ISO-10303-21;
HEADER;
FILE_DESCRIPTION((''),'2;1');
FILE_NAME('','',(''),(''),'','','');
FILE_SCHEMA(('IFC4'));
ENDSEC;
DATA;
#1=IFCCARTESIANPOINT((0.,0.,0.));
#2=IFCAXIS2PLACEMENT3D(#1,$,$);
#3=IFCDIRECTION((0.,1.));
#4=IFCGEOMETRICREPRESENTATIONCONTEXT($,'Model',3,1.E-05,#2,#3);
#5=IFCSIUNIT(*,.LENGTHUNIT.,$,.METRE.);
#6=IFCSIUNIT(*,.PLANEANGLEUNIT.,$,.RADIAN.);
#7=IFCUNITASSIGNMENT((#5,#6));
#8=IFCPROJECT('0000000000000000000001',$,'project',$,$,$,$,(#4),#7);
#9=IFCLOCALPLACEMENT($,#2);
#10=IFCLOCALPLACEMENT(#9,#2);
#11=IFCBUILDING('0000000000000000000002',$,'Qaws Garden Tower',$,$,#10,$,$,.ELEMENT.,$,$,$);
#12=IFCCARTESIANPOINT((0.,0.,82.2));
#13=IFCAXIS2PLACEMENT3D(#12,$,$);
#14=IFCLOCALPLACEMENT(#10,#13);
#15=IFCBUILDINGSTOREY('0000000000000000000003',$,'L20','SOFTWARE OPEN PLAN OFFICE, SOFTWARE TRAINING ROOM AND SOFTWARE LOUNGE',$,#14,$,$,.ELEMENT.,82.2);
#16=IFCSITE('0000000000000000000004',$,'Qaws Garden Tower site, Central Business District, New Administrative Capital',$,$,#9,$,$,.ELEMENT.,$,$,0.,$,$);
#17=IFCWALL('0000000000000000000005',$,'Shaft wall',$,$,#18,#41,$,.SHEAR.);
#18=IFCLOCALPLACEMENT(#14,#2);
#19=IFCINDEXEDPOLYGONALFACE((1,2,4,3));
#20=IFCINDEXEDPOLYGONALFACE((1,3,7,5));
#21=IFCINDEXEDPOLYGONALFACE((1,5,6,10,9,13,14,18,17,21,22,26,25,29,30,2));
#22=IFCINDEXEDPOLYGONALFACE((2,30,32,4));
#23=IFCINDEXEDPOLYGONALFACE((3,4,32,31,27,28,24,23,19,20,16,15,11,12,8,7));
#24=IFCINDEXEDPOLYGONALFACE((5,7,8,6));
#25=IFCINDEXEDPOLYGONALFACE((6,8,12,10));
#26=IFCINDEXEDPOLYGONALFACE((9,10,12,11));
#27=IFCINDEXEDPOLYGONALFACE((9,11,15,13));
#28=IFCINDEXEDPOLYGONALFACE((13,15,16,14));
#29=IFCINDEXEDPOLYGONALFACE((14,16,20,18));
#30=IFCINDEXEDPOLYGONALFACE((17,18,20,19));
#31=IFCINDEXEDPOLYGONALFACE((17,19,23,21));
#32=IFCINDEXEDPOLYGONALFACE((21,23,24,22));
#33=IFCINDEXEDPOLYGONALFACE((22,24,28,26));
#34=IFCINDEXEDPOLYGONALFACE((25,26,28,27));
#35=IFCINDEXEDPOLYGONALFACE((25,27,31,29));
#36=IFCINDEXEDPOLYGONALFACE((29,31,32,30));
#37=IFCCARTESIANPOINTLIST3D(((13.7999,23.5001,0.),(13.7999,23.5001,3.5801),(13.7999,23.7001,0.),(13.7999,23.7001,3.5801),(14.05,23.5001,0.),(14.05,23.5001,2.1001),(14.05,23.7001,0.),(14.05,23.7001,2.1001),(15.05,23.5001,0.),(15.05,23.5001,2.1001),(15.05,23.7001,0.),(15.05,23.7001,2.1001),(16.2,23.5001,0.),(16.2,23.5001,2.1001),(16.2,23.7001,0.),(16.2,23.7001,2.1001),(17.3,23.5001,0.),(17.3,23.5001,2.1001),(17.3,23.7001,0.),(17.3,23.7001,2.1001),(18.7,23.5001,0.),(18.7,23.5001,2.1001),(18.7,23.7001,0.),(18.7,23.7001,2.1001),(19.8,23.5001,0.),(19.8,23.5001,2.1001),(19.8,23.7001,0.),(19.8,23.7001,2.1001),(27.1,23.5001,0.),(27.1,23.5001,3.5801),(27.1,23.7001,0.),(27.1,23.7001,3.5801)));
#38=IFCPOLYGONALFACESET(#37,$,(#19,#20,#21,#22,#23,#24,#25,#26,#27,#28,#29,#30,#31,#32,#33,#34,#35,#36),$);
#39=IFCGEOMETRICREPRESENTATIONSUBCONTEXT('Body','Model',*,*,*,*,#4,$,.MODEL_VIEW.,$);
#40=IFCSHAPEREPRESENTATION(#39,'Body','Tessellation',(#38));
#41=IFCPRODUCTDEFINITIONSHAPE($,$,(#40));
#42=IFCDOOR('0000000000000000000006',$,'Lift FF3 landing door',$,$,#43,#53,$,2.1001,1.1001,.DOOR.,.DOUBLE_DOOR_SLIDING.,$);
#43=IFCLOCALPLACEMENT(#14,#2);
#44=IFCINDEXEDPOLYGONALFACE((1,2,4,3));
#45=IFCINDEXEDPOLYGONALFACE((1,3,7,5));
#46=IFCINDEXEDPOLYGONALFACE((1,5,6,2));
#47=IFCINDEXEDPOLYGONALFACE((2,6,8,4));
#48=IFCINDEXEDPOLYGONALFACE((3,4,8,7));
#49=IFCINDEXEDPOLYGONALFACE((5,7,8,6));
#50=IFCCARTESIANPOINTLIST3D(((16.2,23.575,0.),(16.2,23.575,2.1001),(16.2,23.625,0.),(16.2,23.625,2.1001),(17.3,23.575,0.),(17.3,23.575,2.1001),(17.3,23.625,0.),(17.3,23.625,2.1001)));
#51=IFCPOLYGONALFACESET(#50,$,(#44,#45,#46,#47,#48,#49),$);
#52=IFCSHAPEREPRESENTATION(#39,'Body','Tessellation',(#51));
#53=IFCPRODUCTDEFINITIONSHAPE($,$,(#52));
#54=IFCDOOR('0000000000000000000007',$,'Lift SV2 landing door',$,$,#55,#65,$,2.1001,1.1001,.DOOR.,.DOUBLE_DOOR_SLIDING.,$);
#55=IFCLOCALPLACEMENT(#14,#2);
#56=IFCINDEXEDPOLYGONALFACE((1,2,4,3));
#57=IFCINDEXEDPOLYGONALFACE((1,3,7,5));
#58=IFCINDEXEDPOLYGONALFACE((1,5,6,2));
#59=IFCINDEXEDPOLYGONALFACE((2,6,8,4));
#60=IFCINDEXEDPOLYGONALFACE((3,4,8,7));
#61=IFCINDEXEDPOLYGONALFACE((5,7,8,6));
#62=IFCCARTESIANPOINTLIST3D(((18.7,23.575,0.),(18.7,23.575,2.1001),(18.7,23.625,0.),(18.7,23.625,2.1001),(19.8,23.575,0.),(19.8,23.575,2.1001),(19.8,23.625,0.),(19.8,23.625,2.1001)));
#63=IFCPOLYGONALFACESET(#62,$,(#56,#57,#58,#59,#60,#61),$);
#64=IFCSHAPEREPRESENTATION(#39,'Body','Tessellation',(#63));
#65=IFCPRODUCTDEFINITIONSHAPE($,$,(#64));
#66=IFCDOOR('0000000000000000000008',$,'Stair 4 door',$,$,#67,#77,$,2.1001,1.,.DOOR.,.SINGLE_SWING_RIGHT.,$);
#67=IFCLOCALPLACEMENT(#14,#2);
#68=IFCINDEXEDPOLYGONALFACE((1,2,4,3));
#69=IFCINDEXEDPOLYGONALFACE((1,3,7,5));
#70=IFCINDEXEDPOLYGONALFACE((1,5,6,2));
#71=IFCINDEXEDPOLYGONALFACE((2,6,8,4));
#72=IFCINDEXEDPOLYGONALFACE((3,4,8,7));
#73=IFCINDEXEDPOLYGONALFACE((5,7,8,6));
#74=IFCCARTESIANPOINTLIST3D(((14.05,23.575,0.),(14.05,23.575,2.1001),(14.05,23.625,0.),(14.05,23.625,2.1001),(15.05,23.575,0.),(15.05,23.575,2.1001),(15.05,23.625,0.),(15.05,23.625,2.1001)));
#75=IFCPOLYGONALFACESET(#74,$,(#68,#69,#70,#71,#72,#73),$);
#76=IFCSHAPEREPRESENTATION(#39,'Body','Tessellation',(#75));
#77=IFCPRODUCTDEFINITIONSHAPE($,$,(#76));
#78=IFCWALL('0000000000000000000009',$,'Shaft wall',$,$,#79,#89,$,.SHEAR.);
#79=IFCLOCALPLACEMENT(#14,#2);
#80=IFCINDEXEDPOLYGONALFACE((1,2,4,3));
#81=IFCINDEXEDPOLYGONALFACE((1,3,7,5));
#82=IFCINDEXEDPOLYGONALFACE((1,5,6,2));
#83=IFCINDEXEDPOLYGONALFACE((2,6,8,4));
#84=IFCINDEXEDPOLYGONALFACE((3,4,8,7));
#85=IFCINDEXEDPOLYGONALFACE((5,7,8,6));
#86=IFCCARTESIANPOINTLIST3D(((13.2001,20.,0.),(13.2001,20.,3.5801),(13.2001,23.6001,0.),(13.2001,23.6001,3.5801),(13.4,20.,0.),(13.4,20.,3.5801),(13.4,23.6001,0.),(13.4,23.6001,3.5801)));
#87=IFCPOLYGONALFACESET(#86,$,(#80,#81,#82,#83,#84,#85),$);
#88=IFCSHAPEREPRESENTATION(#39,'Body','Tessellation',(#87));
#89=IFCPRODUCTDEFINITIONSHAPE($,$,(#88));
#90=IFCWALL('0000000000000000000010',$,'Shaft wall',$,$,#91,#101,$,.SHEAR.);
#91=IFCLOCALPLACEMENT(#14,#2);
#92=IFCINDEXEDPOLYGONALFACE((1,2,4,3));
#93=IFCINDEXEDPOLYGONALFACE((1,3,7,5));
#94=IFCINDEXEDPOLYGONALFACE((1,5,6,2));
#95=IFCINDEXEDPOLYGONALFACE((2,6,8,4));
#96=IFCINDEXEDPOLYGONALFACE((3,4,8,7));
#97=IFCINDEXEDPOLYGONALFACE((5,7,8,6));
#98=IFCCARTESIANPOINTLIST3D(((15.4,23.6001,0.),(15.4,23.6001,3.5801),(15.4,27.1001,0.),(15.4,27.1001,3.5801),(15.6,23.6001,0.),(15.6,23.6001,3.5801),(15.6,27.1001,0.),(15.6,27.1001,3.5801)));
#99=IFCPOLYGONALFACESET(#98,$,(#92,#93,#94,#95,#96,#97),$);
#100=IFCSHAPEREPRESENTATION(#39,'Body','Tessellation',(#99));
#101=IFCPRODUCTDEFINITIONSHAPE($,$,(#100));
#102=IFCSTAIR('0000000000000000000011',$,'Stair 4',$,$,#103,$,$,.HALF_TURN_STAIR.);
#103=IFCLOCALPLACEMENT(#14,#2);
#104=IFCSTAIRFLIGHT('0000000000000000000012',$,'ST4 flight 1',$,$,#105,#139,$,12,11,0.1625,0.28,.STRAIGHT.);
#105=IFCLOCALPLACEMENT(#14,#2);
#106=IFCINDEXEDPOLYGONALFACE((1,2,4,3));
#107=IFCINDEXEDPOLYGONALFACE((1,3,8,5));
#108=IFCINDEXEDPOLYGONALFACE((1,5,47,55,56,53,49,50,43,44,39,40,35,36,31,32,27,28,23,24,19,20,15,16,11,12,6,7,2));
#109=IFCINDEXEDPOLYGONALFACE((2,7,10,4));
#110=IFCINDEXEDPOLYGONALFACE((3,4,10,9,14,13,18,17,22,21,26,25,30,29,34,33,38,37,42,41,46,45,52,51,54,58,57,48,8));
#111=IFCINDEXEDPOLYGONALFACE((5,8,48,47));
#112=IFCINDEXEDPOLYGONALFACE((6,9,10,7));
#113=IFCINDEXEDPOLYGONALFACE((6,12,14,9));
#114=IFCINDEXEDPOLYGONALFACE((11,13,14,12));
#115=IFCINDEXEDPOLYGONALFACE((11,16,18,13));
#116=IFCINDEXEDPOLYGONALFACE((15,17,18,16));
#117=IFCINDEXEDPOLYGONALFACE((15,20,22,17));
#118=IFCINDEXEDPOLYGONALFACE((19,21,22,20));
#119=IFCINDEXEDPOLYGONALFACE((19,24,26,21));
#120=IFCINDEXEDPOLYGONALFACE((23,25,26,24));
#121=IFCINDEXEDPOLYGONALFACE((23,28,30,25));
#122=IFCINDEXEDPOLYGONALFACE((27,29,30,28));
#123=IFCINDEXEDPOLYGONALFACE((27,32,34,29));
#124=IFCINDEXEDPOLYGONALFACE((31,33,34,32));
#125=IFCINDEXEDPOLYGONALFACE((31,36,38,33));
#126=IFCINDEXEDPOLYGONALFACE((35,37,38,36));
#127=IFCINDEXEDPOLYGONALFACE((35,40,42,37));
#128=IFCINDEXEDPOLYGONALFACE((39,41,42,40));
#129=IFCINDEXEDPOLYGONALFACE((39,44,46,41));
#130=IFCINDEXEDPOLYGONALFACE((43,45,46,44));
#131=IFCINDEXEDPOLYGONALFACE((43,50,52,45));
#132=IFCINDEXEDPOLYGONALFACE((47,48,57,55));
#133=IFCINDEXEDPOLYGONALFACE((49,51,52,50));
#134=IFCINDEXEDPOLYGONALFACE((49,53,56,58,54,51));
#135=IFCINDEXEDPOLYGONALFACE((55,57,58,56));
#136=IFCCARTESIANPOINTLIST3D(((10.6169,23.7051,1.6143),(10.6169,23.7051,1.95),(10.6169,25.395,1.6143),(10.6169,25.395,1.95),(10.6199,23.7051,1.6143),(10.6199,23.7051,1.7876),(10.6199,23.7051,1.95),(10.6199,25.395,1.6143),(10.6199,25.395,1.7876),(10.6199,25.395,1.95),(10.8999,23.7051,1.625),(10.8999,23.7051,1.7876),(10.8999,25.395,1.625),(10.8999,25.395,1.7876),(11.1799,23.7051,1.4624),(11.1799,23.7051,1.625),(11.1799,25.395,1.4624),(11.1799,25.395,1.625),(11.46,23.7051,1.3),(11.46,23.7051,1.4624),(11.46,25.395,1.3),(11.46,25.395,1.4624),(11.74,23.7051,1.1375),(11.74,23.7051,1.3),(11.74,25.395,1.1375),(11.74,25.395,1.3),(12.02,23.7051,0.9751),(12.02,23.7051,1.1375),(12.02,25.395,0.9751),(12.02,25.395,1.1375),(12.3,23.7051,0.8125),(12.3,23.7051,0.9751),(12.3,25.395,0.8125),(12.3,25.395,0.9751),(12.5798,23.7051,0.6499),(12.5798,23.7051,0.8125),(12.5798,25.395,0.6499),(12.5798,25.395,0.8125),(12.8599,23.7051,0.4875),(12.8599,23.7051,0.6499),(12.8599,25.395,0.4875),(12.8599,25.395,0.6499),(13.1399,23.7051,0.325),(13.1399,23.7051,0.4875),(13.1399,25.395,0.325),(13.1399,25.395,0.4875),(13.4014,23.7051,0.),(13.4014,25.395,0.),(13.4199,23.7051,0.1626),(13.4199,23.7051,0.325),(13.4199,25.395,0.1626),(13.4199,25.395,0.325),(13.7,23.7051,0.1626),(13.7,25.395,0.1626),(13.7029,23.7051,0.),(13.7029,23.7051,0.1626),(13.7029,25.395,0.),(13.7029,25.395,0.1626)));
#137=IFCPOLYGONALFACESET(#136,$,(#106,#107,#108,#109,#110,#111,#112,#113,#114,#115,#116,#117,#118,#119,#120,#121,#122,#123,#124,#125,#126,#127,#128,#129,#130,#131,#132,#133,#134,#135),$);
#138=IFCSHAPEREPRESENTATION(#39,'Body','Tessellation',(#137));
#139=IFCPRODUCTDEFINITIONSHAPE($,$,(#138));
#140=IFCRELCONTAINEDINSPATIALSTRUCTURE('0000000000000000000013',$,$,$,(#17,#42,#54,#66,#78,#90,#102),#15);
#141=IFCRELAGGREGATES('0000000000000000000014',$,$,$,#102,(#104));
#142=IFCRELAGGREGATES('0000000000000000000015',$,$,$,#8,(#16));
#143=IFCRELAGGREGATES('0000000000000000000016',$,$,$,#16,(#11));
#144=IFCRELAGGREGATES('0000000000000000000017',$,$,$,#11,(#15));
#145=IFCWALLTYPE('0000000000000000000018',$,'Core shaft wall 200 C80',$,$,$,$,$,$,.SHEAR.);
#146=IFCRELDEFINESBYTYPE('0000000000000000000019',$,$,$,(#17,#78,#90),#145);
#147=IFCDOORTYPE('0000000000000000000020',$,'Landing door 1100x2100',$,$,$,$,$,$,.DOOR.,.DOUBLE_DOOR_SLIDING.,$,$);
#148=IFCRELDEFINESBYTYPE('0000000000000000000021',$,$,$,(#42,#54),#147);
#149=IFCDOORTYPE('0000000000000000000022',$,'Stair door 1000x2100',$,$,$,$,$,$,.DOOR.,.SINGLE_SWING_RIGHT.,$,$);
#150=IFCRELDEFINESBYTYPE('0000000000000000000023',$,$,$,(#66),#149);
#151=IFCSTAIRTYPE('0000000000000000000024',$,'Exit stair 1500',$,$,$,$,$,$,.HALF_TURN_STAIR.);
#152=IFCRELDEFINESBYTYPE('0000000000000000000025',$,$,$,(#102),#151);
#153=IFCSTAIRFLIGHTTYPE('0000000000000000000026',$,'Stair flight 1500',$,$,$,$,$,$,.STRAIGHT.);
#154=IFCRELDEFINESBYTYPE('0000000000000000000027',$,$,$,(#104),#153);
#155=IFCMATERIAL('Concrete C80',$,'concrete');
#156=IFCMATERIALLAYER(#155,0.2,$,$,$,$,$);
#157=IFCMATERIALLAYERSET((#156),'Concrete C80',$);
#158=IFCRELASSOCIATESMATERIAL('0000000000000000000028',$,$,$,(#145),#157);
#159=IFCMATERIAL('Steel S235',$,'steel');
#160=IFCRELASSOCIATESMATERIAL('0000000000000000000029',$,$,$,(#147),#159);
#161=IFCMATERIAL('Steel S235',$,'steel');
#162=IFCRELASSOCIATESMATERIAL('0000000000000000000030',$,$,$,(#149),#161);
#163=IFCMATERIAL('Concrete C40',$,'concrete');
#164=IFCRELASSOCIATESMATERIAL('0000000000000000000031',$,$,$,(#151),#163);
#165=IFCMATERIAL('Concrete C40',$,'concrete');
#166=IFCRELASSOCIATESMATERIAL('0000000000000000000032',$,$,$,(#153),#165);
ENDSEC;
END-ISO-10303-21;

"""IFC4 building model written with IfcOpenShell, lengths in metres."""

from ifc_helpers import new_model, si_unit, direction, frame, frame_2d, origin, place, context, subcontext, project, spatial, polyline, rectangle, outline, extrude, material, layer, layer_set, type_object, element, fill, aggregate, save


model = new_model("IFC4")

# Units and contexts
model_context = context("Model", 3, precision=1e-05, world=origin(), true_north=direction((0.0, 1.0)))
body_context = subcontext(model_context, "Body", "Model", "MODEL_VIEW")
ifc_project = project(units=[si_unit("LENGTHUNIT", "METRE"), si_unit("PLANEANGLEUNIT", "RADIAN")], contexts=[model_context])

# Site, building, storey
site_placement = place(None, origin())
site = spatial("IfcSite", under=ifc_project, at=site_placement, Name="Qaws Garden Tower site, Central Business District, New Administrative Capital", CompositionType="ELEMENT", RefElevation=0.0)
building_placement = place(site_placement, origin())
building = spatial("IfcBuilding", under=site, at=building_placement, Name="Qaws Garden Tower", CompositionType="ELEMENT")
storey_placement = place(building_placement, frame((0.0, 0.0, 82.2)))
storey = spatial("IfcBuildingStorey", under=building, at=storey_placement, Name="L20", Description="SOFTWARE OPEN PLAN OFFICE, SOFTWARE TRAINING ROOM AND SOFTWARE LOUNGE", CompositionType="ELEMENT", Elevation=82.2)

# Shared definitions
ifc_material_1 = material(Name="Concrete C80", Category="concrete")
ifc_layer_1 = layer(ifc_material_1, 0.2)
ifc_layer_set_1 = layer_set([ifc_layer_1], Name="Concrete C80")
wall_type_1 = type_object("IfcWallType", Name="Core shaft wall 200 C80", PredefinedType="SHEAR", material=ifc_layer_set_1)

# Wall, openings, doors
wall_1_placement = place(storey_placement, frame((13.8, 23.6001, 0.0), z_axis=(0.0, 0.0, 1.0), x_axis=(1.0, 0.0, 0.0)))
wall_1 = element("IfcWall", 1, at=wall_1_placement, inside=storey, type_object=wall_type_1, Name="Shaft wall", PredefinedType="SHEAR", context=body_context, shape_type="SweptSolid", body=[
    extrude(rectangle(XDim=13.3, YDim=0.2, at=frame_2d((6.6499, 0.0))), origin(), (0.0, 0.0, 1.0), 3.5801),
])
opening_1_placement = place(wall_1_placement, frame((2.3999, 0.0, 0.0)))
opening_1 = element("IfcOpeningElement", 2, at=opening_1_placement, cuts=wall_1, PredefinedType="OPENING", context=body_context, shape_type="SweptSolid", body=[
    extrude(rectangle(XDim=1.1001, YDim=2.1001, at=frame_2d((0.55, 1.05))), frame((0.0, 0.1099, 0.0), z_axis=(0.0, -1.0, 0.0), x_axis=(1.0, 0.0, 0.0)), (0.0, 0.0, 1.0), 0.22),
])
opening_2_placement = place(wall_1_placement, frame((4.8999, 0.0, 0.0)))
opening_2 = element("IfcOpeningElement", 3, at=opening_2_placement, cuts=wall_1, PredefinedType="OPENING", context=body_context, shape_type="SweptSolid", body=[
    extrude(rectangle(XDim=1.1001, YDim=2.1001, at=frame_2d((0.55, 1.05))), frame((0.0, 0.1099, 0.0), z_axis=(0.0, -1.0, 0.0), x_axis=(1.0, 0.0, 0.0)), (0.0, 0.0, 1.0), 0.22),
])
opening_3_placement = place(wall_1_placement, frame((0.25, 0.0, 0.0)))
opening_3 = element("IfcOpeningElement", 4, at=opening_3_placement, cuts=wall_1, PredefinedType="OPENING", context=body_context, shape_type="SweptSolid", body=[
    extrude(rectangle(XDim=1.0, YDim=2.1001, at=frame_2d((0.5, 1.05))), frame((0.0, 0.1099, 0.0), z_axis=(0.0, -1.0, 0.0), x_axis=(1.0, 0.0, 0.0)), (0.0, 0.0, 1.0), 0.22),
])
ifc_material_2 = material(Name="Steel S235", Category="steel")
door_type_1 = type_object("IfcDoorType", Name="Landing door 1100x2100", OperationType="DOUBLE_DOOR_SLIDING", PredefinedType="DOOR", material=ifc_material_2)
door_1_placement = place(opening_1_placement, origin())
door_1 = element("IfcDoor", 5, at=door_1_placement, inside=storey, type_object=door_type_1, Name="Lift FF3 landing door", OperationType="DOUBLE_DOOR_SLIDING", OverallHeight=2.1001, OverallWidth=1.1001, PredefinedType="DOOR", context=body_context, shape_type="SweptSolid", body=[
    extrude(rectangle(XDim=1.1001, YDim=2.1001, at=frame_2d((0.55, 1.05))), frame((0.0, 0.0249, 0.0), z_axis=(0.0, -1.0, 0.0), x_axis=(1.0, 0.0, 0.0)), (0.0, 0.0, 1.0), 0.05),
])
fill(opening_1, door_1)
door_2_placement = place(opening_2_placement, origin())
door_2 = element("IfcDoor", 6, at=door_2_placement, inside=storey, type_object=door_type_1, Name="Lift SV2 landing door", OperationType="DOUBLE_DOOR_SLIDING", OverallHeight=2.1001, OverallWidth=1.1001, PredefinedType="DOOR", context=body_context, shape_type="SweptSolid", body=[
    extrude(rectangle(XDim=1.1001, YDim=2.1001, at=frame_2d((0.55, 1.05))), frame((0.0, 0.0249, 0.0), z_axis=(0.0, -1.0, 0.0), x_axis=(1.0, 0.0, 0.0)), (0.0, 0.0, 1.0), 0.05),
])
fill(opening_2, door_2)
ifc_material_3 = material(Name="Steel S235", Category="steel")
door_type_2 = type_object("IfcDoorType", Name="Stair door 1000x2100", OperationType="SINGLE_SWING_RIGHT", PredefinedType="DOOR", material=ifc_material_3)
door_3_placement = place(opening_3_placement, origin())
door_3 = element("IfcDoor", 7, at=door_3_placement, inside=storey, type_object=door_type_2, Name="Stair 4 door", OperationType="SINGLE_SWING_RIGHT", OverallHeight=2.1001, OverallWidth=1.0, PredefinedType="DOOR", context=body_context, shape_type="SweptSolid", body=[
    extrude(rectangle(XDim=1.0, YDim=2.1001, at=frame_2d((0.5, 1.05))), frame((0.0, 0.0249, 0.0), z_axis=(0.0, -1.0, 0.0), x_axis=(1.0, 0.0, 0.0)), (0.0, 0.0, 1.0), 0.05),
])
fill(opening_3, door_3)

# Walls
wall_2_placement = place(storey_placement, frame((13.3, 20.0, 0.0), z_axis=(0.0, 0.0, 1.0), x_axis=(0.0, 1.0, 0.0)))
element("IfcWall", 8, at=wall_2_placement, inside=storey, type_object=wall_type_1, Name="Shaft wall", PredefinedType="SHEAR", context=body_context, shape_type="SweptSolid", body=[
    extrude(rectangle(XDim=3.6001, YDim=0.2, at=frame_2d((1.8, 0.0))), origin(), (0.0, 0.0, 1.0), 3.5801),
])
wall_3_placement = place(storey_placement, frame((15.5, 23.6001, 0.0), z_axis=(0.0, 0.0, 1.0), x_axis=(0.0, 1.0, 0.0)))
element("IfcWall", 9, at=wall_3_placement, inside=storey, type_object=wall_type_1, Name="Shaft wall", PredefinedType="SHEAR", context=body_context, shape_type="SweptSolid", body=[
    extrude(rectangle(XDim=3.5, YDim=0.2, at=frame_2d((1.75, 0.0))), origin(), (0.0, 0.0, 1.0), 3.5801),
])

# Stair, stair flight
ifc_material_4 = material(Name="Concrete C40", Category="concrete")
stair_type = type_object("IfcStairType", Name="Exit stair 1500", PredefinedType="HALF_TURN_STAIR", material=ifc_material_4)
stair_placement = place(storey_placement, origin())
stair = element("IfcStair", 10, at=stair_placement, inside=storey, type_object=stair_type, Name="Stair 4", PredefinedType="HALF_TURN_STAIR")
ifc_material_5 = material(Name="Concrete C40", Category="concrete")
stair_flight_type = type_object("IfcStairFlightType", Name="Stair flight 1500", PredefinedType="STRAIGHT", material=ifc_material_5)
stair_flight_1_placement = place(storey_placement, frame((13.7, 24.55, 0.0), z_axis=(0.0, 0.0, 1.0), x_axis=(-1.0, 0.0, 0.0)))
stair_flight_1 = element("IfcStairFlight", 11, at=stair_flight_1_placement, type_object=stair_flight_type, Name="ST4 flight 1", NumberOfRisers=12, NumberOfTreads=11, PredefinedType="STRAIGHT", RiserHeight=0.1625, TreadLength=0.28, context=body_context, shape_type="SweptSolid", body=[
    extrude(outline(polyline([(-0.0029, 0.0), (-0.0029, 0.1626), (0.0, 0.1626), (0.28, 0.1626), (0.28, 0.325), (0.5601, 0.325), (0.5601, 0.4875), (0.8401, 0.4875), (0.8401, 0.6499), (1.1201, 0.6499), (1.1201, 0.8125), (1.3999, 0.8125), (1.3999, 0.9751), (1.6799, 0.9751), (1.6799, 1.1375), (1.96, 1.1375), (1.96, 1.3), (2.24, 1.3), (2.24, 1.4624), (2.52, 1.4624), (2.52, 1.625), (2.8, 1.625), (2.8, 1.7876), (3.0801, 1.7876), (3.0801, 1.95), (3.083, 1.95), (3.083, 1.6143), (3.0801, 1.6143), (0.2986, 0.0), (-0.0029, 0.0)])), frame((0.0, 0.845, 0.0), z_axis=(0.0, -1.0, 0.0), x_axis=(1.0, 0.0, 0.0)), (0.0, 0.0, 1.0), 1.6899),
])
aggregate(stair, [stair_flight_1])

save(model, "model.ifc")
